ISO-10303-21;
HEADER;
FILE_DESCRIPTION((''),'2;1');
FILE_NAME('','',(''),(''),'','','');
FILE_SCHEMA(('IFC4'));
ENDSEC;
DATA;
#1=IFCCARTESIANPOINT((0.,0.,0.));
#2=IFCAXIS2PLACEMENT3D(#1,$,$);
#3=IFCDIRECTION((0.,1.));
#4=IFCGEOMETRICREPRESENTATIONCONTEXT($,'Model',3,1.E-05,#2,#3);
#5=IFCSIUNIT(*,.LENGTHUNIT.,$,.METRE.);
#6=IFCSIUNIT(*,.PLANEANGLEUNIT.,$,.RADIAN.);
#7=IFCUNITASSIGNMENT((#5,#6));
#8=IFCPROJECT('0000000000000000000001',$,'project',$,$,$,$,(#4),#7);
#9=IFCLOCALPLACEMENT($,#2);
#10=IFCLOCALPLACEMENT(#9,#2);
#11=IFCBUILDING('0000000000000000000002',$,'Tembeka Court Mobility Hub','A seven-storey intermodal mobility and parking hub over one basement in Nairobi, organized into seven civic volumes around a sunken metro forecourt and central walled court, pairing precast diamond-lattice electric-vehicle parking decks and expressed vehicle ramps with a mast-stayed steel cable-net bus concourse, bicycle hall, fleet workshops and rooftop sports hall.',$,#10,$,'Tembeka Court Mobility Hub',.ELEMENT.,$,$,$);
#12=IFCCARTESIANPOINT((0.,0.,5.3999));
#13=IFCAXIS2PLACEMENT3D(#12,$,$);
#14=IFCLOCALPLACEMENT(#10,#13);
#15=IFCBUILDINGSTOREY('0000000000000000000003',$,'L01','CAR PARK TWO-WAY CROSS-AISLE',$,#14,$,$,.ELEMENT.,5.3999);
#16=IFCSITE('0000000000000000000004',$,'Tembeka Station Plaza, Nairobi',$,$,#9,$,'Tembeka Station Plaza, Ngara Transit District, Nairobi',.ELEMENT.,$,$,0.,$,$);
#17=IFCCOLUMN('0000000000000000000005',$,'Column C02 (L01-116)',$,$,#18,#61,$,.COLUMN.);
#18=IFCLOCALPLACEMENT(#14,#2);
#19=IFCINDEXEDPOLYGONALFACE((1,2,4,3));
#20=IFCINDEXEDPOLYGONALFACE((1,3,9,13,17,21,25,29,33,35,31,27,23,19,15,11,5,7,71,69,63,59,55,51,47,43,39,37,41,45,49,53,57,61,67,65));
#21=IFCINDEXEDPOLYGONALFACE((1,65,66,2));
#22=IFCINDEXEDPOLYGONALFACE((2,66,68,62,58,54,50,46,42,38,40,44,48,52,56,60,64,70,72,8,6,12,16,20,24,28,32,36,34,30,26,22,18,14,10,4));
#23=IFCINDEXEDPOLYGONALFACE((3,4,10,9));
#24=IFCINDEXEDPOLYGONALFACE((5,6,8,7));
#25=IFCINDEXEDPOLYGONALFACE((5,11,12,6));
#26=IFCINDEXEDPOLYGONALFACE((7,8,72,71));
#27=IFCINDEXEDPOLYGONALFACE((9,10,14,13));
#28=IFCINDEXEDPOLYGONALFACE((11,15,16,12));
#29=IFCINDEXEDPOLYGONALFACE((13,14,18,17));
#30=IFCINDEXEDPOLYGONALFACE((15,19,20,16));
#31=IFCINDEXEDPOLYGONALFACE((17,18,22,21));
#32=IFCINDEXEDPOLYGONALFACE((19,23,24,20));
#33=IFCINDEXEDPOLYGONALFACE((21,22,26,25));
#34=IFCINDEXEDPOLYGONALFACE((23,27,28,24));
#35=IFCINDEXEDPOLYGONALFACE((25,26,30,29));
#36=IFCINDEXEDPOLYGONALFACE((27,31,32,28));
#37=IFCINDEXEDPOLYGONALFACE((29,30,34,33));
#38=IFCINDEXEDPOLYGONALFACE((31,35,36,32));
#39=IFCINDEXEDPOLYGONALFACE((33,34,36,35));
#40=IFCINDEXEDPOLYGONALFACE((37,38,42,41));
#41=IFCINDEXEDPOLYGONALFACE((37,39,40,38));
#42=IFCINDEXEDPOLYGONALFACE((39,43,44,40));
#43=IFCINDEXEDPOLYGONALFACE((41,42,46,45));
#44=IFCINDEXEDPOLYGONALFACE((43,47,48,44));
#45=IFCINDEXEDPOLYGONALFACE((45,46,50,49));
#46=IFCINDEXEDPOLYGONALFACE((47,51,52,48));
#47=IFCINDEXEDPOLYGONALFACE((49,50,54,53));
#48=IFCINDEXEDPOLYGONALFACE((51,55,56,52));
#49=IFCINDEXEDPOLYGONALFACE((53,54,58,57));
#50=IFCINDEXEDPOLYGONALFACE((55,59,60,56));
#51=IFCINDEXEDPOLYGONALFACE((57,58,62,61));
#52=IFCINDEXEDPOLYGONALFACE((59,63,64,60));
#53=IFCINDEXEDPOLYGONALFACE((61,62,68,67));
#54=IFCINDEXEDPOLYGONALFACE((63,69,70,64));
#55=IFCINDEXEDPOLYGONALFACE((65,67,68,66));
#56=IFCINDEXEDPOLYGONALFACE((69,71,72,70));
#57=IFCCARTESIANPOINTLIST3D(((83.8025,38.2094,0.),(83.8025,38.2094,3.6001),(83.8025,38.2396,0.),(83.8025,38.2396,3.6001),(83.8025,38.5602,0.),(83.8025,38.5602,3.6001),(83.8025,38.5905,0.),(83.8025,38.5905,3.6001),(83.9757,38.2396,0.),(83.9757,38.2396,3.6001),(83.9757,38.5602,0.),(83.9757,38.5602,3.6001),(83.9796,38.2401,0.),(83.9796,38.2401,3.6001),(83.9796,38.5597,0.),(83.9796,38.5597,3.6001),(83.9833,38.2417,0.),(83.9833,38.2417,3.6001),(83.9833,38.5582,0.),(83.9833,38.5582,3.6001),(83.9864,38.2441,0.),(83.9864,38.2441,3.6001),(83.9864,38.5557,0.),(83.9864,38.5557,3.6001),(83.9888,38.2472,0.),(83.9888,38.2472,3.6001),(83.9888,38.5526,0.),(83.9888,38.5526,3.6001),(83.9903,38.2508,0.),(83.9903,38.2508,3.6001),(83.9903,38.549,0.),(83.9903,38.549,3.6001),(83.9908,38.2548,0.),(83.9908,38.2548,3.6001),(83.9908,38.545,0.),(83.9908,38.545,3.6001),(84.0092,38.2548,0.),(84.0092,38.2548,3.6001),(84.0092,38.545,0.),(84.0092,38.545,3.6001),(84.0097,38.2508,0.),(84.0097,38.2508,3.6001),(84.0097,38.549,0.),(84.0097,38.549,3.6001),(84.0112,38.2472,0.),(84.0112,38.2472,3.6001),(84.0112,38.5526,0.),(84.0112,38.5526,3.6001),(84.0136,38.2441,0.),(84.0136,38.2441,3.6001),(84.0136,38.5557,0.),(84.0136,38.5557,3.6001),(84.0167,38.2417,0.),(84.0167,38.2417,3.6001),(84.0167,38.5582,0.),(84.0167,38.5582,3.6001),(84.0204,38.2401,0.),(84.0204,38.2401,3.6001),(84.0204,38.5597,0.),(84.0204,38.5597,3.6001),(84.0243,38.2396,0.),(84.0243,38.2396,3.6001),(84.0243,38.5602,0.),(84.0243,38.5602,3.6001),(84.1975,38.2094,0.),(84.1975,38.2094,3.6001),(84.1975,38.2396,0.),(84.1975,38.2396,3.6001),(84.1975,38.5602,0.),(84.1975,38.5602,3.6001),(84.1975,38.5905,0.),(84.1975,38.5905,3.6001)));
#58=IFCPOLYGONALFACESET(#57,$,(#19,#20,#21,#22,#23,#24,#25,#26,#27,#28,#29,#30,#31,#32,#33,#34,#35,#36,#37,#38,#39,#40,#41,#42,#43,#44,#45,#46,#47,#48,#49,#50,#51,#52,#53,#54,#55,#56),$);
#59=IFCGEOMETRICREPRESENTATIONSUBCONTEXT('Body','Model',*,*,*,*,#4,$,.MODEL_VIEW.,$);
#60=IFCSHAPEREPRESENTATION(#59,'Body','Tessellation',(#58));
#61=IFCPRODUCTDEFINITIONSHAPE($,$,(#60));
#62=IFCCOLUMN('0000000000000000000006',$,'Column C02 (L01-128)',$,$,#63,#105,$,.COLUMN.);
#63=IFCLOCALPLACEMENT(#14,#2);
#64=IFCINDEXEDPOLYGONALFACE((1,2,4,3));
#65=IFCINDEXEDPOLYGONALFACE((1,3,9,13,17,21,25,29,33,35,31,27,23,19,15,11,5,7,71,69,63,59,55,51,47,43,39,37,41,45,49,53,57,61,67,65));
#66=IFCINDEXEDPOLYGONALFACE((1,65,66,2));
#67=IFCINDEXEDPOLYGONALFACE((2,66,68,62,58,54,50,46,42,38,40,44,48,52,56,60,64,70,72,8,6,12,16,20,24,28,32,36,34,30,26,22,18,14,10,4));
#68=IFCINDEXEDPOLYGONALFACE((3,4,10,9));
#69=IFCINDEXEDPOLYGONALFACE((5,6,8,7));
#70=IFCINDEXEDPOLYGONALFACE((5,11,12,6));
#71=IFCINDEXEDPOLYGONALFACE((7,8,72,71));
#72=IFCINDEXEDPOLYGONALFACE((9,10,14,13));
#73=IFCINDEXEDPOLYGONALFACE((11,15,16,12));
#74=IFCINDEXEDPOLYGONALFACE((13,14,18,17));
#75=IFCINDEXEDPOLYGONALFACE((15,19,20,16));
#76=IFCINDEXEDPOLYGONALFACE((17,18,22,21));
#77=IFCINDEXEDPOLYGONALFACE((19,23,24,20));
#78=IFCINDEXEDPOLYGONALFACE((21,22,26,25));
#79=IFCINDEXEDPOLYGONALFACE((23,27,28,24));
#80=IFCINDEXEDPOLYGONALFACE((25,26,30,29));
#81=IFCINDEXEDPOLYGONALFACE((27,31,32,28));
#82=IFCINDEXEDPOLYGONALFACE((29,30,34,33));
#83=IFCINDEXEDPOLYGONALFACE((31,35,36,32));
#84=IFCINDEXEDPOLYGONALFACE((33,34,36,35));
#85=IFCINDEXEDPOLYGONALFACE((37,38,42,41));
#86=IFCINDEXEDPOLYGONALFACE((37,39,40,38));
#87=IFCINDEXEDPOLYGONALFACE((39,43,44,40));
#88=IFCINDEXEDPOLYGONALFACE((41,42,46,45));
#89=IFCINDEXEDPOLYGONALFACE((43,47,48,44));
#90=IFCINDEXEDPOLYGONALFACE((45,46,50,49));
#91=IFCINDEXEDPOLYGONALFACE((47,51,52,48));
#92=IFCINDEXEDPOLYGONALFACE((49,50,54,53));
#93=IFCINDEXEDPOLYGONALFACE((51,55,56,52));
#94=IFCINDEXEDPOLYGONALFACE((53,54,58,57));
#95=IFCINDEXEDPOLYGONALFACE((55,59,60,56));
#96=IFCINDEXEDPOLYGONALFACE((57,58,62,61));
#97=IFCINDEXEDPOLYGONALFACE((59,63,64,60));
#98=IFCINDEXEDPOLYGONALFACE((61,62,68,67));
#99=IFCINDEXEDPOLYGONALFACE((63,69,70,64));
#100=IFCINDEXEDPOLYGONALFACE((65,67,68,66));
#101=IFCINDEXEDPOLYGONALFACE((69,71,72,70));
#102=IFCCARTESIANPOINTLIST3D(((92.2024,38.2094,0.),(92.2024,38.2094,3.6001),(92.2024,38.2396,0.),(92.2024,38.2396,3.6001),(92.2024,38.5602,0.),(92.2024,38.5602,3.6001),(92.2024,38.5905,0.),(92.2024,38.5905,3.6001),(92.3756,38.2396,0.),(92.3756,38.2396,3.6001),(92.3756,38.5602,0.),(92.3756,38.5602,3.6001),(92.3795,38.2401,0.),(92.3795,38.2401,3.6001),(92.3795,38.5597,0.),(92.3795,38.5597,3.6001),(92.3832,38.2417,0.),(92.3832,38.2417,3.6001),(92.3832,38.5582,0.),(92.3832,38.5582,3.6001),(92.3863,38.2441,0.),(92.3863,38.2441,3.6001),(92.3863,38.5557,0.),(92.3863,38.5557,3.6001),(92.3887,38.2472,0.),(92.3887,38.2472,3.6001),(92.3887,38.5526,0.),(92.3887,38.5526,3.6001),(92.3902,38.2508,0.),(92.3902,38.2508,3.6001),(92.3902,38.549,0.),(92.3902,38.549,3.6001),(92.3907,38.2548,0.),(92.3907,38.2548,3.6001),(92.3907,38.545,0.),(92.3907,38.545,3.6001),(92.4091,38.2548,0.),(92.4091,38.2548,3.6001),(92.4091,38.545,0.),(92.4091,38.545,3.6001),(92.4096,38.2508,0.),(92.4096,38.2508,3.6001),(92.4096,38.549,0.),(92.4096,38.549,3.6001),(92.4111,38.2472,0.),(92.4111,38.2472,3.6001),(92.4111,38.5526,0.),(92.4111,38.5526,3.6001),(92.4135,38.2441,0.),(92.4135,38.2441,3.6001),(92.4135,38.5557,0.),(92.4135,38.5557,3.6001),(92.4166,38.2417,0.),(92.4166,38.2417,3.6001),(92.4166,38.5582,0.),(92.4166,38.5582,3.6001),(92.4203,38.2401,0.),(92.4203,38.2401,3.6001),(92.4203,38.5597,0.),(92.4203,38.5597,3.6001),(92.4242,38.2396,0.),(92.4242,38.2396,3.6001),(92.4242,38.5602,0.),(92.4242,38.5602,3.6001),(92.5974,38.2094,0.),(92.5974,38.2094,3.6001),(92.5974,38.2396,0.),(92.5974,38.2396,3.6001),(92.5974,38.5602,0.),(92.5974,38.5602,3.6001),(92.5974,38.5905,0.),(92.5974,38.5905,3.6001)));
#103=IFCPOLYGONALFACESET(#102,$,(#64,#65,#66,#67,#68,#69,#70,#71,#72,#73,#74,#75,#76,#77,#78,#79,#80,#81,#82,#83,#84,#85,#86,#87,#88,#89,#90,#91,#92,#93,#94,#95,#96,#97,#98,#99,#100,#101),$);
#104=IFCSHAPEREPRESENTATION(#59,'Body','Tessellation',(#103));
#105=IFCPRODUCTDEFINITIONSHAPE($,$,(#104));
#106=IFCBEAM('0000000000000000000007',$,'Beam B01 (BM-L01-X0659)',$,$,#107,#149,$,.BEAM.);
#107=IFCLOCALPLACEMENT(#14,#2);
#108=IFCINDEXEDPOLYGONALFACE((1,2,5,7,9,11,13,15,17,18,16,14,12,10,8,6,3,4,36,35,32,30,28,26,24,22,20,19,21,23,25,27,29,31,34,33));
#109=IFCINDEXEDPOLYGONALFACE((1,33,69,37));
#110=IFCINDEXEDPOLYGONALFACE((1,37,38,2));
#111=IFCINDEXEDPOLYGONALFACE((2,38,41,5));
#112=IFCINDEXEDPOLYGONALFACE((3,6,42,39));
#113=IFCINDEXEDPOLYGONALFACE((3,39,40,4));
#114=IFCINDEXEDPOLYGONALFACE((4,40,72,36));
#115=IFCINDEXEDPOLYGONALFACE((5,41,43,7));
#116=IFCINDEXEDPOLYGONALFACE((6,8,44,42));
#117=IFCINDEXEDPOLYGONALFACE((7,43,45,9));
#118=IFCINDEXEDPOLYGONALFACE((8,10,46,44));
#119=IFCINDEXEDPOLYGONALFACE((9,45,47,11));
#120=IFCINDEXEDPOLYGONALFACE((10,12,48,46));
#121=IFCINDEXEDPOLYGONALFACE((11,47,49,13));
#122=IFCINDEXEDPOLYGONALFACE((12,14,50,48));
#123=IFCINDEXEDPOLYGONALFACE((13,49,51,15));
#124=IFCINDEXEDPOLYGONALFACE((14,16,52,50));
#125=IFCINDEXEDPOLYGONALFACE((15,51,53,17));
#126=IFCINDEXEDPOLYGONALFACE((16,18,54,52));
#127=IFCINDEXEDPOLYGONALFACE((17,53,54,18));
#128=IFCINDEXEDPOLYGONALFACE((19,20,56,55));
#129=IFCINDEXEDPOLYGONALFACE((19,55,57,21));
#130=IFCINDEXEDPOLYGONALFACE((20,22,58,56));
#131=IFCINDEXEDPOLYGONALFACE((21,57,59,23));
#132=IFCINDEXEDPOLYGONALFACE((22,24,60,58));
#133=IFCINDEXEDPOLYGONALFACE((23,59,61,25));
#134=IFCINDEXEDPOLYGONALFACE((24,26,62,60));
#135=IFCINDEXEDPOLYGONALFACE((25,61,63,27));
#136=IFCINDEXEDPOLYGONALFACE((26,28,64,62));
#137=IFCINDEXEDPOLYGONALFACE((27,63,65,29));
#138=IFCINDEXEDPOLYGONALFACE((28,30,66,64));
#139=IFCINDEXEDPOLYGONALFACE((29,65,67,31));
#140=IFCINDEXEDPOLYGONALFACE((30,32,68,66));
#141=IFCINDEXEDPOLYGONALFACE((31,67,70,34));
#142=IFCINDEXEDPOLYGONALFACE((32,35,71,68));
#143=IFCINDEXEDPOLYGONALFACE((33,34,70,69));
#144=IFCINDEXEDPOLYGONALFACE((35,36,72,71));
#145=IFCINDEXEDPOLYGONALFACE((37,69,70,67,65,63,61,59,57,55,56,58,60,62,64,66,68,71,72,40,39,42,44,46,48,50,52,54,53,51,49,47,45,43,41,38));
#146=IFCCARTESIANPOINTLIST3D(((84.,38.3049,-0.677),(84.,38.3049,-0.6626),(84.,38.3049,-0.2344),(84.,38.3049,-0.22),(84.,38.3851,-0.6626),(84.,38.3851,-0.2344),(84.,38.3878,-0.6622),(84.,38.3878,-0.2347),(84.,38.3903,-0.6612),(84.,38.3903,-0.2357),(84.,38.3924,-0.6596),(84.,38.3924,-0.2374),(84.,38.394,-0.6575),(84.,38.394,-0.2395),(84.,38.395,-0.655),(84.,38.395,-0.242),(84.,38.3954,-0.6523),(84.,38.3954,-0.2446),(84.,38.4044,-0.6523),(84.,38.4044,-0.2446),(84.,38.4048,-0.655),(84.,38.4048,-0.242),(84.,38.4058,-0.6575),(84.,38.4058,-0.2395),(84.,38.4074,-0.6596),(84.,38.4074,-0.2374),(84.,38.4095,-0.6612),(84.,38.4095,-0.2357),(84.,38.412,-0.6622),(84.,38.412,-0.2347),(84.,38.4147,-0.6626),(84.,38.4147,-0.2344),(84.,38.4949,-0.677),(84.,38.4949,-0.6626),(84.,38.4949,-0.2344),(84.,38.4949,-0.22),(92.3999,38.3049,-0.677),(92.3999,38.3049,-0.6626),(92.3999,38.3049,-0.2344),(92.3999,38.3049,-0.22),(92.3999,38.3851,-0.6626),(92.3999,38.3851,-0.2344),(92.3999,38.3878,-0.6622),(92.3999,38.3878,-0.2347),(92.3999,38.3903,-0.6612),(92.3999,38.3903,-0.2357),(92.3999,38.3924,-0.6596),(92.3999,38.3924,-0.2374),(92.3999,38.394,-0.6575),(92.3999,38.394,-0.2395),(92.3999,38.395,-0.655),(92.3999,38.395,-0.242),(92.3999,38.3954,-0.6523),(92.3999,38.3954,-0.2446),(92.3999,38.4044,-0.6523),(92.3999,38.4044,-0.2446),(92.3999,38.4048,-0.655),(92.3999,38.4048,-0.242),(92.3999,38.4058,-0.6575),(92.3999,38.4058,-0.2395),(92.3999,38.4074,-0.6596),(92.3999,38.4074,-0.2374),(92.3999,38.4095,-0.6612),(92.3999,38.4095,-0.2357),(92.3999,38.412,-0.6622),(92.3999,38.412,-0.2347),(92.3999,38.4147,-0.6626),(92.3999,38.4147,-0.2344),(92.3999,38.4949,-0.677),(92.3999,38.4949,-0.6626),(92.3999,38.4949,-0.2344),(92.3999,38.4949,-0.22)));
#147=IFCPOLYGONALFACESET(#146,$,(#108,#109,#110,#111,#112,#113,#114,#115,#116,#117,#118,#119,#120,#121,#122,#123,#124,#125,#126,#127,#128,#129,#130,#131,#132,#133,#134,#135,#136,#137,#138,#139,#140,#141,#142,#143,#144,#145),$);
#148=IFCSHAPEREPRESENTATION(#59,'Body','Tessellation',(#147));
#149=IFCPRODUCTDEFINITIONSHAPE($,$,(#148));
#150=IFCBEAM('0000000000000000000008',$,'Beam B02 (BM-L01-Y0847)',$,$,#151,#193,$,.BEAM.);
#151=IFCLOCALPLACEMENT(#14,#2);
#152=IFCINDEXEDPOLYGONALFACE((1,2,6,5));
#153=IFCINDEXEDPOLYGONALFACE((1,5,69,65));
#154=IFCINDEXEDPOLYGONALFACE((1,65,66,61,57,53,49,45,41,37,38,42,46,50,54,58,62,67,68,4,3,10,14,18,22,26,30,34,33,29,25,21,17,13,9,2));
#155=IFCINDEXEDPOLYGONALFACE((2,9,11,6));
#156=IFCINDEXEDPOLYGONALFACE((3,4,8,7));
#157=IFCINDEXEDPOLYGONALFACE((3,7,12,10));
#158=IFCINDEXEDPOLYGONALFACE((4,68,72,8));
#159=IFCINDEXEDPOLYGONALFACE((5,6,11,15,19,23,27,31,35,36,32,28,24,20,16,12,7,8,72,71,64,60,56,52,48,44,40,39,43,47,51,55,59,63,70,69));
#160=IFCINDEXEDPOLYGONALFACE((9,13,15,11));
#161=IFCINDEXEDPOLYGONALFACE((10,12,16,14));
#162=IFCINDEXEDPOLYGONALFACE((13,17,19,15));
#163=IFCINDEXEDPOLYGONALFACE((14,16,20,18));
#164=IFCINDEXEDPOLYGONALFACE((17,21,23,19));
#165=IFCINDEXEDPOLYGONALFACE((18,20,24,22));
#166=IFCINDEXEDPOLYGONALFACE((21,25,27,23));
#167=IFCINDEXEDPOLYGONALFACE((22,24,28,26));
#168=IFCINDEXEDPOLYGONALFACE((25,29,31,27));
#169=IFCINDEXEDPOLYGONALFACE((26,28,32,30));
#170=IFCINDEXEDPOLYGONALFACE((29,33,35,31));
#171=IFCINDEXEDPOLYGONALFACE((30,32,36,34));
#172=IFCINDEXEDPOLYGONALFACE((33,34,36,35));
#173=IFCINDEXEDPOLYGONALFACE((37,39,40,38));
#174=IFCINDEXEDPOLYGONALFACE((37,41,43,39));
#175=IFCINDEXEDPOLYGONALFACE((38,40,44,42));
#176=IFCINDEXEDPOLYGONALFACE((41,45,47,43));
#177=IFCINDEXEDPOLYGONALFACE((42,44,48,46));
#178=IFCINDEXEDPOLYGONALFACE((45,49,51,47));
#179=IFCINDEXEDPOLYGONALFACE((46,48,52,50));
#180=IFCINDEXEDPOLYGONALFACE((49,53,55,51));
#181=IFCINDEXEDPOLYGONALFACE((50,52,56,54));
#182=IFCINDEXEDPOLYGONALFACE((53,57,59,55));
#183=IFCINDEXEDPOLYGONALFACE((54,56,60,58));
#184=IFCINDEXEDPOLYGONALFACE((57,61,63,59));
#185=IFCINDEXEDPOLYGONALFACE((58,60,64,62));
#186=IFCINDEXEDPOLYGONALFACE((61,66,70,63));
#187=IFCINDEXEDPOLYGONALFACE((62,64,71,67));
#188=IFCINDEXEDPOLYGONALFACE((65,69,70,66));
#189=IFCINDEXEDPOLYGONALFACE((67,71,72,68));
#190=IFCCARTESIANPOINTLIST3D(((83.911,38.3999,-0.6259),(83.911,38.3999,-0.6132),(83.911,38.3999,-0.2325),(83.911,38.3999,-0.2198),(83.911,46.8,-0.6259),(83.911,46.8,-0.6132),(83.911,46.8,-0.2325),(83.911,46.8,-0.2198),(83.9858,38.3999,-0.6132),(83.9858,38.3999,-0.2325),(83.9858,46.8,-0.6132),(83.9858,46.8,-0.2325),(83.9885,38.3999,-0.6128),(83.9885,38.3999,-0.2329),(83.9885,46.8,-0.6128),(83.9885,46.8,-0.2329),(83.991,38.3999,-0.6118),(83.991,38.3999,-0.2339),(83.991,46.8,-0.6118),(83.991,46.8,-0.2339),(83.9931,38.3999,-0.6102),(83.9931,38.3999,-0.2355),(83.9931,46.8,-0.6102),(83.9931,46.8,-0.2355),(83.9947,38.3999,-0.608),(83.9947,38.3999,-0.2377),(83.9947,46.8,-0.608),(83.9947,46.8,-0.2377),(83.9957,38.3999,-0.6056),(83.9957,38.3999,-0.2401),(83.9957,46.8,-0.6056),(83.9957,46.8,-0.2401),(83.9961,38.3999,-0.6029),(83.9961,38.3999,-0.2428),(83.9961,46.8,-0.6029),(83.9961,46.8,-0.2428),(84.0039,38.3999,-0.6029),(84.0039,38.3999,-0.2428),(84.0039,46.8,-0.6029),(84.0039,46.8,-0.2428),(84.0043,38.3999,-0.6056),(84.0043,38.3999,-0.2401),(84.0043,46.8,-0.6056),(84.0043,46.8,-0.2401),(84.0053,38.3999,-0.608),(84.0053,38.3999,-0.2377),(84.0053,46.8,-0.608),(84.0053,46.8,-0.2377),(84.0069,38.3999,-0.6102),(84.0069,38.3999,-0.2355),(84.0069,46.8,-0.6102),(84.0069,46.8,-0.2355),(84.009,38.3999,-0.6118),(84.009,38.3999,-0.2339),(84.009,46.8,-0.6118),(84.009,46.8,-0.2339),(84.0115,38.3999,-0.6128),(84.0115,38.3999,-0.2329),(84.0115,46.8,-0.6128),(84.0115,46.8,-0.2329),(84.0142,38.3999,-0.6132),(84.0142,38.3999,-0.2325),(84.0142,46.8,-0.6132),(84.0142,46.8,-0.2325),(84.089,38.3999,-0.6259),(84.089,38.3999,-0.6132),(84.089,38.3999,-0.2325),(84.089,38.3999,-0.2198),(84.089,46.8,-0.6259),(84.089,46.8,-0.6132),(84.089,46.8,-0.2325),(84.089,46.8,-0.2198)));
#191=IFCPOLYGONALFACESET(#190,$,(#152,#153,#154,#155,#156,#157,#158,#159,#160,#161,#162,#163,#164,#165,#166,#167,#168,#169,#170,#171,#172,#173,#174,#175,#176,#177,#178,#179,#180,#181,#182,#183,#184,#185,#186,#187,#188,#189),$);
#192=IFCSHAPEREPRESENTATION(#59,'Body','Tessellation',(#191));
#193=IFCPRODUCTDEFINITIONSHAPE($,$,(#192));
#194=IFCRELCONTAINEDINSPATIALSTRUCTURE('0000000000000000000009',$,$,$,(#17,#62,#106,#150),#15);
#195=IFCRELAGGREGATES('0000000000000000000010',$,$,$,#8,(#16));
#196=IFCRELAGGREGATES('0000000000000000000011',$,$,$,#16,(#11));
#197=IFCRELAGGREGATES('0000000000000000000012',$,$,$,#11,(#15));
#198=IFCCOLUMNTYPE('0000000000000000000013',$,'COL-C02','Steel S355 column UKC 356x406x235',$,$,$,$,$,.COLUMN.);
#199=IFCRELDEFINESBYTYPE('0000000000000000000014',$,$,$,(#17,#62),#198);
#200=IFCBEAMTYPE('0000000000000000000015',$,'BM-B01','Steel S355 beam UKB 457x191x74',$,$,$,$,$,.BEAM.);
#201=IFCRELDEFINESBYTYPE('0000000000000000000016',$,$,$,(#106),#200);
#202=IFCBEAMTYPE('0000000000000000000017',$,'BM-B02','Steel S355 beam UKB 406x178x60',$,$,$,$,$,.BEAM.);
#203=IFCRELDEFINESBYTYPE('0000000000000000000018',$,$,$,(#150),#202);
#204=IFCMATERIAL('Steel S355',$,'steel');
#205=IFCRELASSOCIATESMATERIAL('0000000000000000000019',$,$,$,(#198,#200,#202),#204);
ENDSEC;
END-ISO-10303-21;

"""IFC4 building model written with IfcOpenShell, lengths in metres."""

from ifc_helpers import new_model, si_unit, direction, frame, origin, origin_2d, place, context, subcontext, project, spatial, i_section, extrude, material, material_profile, profile_set, type_object, element, save


model = new_model("IFC4")

# Units and contexts
model_context = context("Model", 3, precision=1e-05, world=origin(), true_north=direction((0.0, 1.0)))
body_context = subcontext(model_context, "Body", "Model", "MODEL_VIEW")
ifc_project = project(units=[si_unit("LENGTHUNIT", "METRE"), si_unit("PLANEANGLEUNIT", "RADIAN")], contexts=[model_context])

# Site, building, storey
site_placement = place(None, origin())
site = spatial("IfcSite", under=ifc_project, at=site_placement, Name="Tembeka Station Plaza, Nairobi", LongName="Tembeka Station Plaza, Ngara Transit District, Nairobi", CompositionType="ELEMENT", RefElevation=0.0)
building_placement = place(site_placement, origin())
building = spatial("IfcBuilding", under=site, at=building_placement, Name="Tembeka Court Mobility Hub", Description="A seven-storey intermodal mobility and parking hub over one basement in Nairobi, organized into seven civic volumes around a sunken metro forecourt and central walled court, pairing precast diamond-lattice electric-vehicle parking decks and expressed vehicle ramps with a mast-stayed steel cable-net bus concourse, bicycle hall, fleet workshops and rooftop sports hall.", LongName="Tembeka Court Mobility Hub", CompositionType="ELEMENT")
storey_placement = place(building_placement, frame((0.0, 0.0, 5.3999)))
storey = spatial("IfcBuildingStorey", under=building, at=storey_placement, Name="L01", Description="CAR PARK TWO-WAY CROSS-AISLE", CompositionType="ELEMENT", Elevation=5.3999)

# Columns
ifc_material_1 = material(Name="Steel S355", Category="steel")
ifc_material_profile_1 = material_profile(ifc_material_1, i_section(OverallWidth=0.395, OverallDepth=0.3811, WebThickness=0.0183, FlangeThickness=0.0303, FilletRadius=0.0151, at=origin_2d()), Name="UKC 356x406x235")
ifc_profile_set_1 = profile_set([ifc_material_profile_1], Name="Steel S355")
column_type = type_object("IfcColumnType", Name="COL-C02", Description="Steel S355 column UKC 356x406x235", PredefinedType="COLUMN", material=ifc_profile_set_1)
for number, where, z_axis, x_axis, name in (
    (1, (84.0, 38.3999, 0.0), (0.0, 0.0, 1.0), (1.0, 0.0, 0.0), "Column C02 (L01-116)"),
    (2, (92.3999, 38.3999, 0.0), (0.0, 0.0, 1.0), (1.0, 0.0, 0.0), "Column C02 (L01-128)"),
):
    element("IfcColumn", number, at=place(storey_placement, frame(where, z_axis=z_axis, x_axis=x_axis)), inside=storey, type_object=column_type, Name=name, PredefinedType="COLUMN", context=body_context, shape_type="SweptSolid", body=[
        extrude(i_section(OverallWidth=0.395, OverallDepth=0.3811, WebThickness=0.0183, FlangeThickness=0.0303, FilletRadius=0.0151, at=origin_2d()), origin(), (0.0, 0.0, 1.0), 3.6001),
    ])

# Beams
ifc_material_profile_2 = material_profile(ifc_material_1, i_section(OverallWidth=0.1899, OverallDepth=0.457, WebThickness=0.009, FlangeThickness=0.0144, FilletRadius=0.0103, at=origin_2d()), Name="UKB 457x191x74")
ifc_profile_set_2 = profile_set([ifc_material_profile_2], Name="Steel S355")
beam_type_1 = type_object("IfcBeamType", Name="BM-B01", Description="Steel S355 beam UKB 457x191x74", PredefinedType="BEAM", material=ifc_profile_set_2)
beam_1_placement = place(storey_placement, frame((84.0, 38.3999, -0.4485), z_axis=(1.0, 0.0, 0.0), x_axis=(0.0, 1.0, 0.0)))
element("IfcBeam", 3, at=beam_1_placement, inside=storey, type_object=beam_type_1, Name="Beam B01 (BM-L01-X0659)", PredefinedType="BEAM", context=body_context, shape_type="SweptSolid", body=[
    extrude(i_section(OverallWidth=0.1899, OverallDepth=0.457, WebThickness=0.009, FlangeThickness=0.0144, FilletRadius=0.0103, at=origin_2d()), origin(), (0.0, 0.0, 1.0), 8.3999),
])
ifc_material_profile_3 = material_profile(ifc_material_1, i_section(OverallWidth=0.178, OverallDepth=0.406, WebThickness=0.0078, FlangeThickness=0.0127, FilletRadius=0.0103, at=origin_2d()), Name="UKB 406x178x60")
ifc_profile_set_3 = profile_set([ifc_material_profile_3], Name="Steel S355")
beam_type_2 = type_object("IfcBeamType", Name="BM-B02", Description="Steel S355 beam UKB 406x178x60", PredefinedType="BEAM", material=ifc_profile_set_3)
beam_2_placement = place(storey_placement, frame((84.0, 38.3999, -0.4229), z_axis=(0.0, 1.0, 0.0), x_axis=(-1.0, 0.0, 0.0)))
element("IfcBeam", 4, at=beam_2_placement, inside=storey, type_object=beam_type_2, Name="Beam B02 (BM-L01-Y0847)", PredefinedType="BEAM", context=body_context, shape_type="SweptSolid", body=[
    extrude(i_section(OverallWidth=0.178, OverallDepth=0.406, WebThickness=0.0078, FlangeThickness=0.0127, FilletRadius=0.0103, at=origin_2d()), origin(), (0.0, 0.0, 1.0), 8.4001),
])

save(model, "model.ifc")
